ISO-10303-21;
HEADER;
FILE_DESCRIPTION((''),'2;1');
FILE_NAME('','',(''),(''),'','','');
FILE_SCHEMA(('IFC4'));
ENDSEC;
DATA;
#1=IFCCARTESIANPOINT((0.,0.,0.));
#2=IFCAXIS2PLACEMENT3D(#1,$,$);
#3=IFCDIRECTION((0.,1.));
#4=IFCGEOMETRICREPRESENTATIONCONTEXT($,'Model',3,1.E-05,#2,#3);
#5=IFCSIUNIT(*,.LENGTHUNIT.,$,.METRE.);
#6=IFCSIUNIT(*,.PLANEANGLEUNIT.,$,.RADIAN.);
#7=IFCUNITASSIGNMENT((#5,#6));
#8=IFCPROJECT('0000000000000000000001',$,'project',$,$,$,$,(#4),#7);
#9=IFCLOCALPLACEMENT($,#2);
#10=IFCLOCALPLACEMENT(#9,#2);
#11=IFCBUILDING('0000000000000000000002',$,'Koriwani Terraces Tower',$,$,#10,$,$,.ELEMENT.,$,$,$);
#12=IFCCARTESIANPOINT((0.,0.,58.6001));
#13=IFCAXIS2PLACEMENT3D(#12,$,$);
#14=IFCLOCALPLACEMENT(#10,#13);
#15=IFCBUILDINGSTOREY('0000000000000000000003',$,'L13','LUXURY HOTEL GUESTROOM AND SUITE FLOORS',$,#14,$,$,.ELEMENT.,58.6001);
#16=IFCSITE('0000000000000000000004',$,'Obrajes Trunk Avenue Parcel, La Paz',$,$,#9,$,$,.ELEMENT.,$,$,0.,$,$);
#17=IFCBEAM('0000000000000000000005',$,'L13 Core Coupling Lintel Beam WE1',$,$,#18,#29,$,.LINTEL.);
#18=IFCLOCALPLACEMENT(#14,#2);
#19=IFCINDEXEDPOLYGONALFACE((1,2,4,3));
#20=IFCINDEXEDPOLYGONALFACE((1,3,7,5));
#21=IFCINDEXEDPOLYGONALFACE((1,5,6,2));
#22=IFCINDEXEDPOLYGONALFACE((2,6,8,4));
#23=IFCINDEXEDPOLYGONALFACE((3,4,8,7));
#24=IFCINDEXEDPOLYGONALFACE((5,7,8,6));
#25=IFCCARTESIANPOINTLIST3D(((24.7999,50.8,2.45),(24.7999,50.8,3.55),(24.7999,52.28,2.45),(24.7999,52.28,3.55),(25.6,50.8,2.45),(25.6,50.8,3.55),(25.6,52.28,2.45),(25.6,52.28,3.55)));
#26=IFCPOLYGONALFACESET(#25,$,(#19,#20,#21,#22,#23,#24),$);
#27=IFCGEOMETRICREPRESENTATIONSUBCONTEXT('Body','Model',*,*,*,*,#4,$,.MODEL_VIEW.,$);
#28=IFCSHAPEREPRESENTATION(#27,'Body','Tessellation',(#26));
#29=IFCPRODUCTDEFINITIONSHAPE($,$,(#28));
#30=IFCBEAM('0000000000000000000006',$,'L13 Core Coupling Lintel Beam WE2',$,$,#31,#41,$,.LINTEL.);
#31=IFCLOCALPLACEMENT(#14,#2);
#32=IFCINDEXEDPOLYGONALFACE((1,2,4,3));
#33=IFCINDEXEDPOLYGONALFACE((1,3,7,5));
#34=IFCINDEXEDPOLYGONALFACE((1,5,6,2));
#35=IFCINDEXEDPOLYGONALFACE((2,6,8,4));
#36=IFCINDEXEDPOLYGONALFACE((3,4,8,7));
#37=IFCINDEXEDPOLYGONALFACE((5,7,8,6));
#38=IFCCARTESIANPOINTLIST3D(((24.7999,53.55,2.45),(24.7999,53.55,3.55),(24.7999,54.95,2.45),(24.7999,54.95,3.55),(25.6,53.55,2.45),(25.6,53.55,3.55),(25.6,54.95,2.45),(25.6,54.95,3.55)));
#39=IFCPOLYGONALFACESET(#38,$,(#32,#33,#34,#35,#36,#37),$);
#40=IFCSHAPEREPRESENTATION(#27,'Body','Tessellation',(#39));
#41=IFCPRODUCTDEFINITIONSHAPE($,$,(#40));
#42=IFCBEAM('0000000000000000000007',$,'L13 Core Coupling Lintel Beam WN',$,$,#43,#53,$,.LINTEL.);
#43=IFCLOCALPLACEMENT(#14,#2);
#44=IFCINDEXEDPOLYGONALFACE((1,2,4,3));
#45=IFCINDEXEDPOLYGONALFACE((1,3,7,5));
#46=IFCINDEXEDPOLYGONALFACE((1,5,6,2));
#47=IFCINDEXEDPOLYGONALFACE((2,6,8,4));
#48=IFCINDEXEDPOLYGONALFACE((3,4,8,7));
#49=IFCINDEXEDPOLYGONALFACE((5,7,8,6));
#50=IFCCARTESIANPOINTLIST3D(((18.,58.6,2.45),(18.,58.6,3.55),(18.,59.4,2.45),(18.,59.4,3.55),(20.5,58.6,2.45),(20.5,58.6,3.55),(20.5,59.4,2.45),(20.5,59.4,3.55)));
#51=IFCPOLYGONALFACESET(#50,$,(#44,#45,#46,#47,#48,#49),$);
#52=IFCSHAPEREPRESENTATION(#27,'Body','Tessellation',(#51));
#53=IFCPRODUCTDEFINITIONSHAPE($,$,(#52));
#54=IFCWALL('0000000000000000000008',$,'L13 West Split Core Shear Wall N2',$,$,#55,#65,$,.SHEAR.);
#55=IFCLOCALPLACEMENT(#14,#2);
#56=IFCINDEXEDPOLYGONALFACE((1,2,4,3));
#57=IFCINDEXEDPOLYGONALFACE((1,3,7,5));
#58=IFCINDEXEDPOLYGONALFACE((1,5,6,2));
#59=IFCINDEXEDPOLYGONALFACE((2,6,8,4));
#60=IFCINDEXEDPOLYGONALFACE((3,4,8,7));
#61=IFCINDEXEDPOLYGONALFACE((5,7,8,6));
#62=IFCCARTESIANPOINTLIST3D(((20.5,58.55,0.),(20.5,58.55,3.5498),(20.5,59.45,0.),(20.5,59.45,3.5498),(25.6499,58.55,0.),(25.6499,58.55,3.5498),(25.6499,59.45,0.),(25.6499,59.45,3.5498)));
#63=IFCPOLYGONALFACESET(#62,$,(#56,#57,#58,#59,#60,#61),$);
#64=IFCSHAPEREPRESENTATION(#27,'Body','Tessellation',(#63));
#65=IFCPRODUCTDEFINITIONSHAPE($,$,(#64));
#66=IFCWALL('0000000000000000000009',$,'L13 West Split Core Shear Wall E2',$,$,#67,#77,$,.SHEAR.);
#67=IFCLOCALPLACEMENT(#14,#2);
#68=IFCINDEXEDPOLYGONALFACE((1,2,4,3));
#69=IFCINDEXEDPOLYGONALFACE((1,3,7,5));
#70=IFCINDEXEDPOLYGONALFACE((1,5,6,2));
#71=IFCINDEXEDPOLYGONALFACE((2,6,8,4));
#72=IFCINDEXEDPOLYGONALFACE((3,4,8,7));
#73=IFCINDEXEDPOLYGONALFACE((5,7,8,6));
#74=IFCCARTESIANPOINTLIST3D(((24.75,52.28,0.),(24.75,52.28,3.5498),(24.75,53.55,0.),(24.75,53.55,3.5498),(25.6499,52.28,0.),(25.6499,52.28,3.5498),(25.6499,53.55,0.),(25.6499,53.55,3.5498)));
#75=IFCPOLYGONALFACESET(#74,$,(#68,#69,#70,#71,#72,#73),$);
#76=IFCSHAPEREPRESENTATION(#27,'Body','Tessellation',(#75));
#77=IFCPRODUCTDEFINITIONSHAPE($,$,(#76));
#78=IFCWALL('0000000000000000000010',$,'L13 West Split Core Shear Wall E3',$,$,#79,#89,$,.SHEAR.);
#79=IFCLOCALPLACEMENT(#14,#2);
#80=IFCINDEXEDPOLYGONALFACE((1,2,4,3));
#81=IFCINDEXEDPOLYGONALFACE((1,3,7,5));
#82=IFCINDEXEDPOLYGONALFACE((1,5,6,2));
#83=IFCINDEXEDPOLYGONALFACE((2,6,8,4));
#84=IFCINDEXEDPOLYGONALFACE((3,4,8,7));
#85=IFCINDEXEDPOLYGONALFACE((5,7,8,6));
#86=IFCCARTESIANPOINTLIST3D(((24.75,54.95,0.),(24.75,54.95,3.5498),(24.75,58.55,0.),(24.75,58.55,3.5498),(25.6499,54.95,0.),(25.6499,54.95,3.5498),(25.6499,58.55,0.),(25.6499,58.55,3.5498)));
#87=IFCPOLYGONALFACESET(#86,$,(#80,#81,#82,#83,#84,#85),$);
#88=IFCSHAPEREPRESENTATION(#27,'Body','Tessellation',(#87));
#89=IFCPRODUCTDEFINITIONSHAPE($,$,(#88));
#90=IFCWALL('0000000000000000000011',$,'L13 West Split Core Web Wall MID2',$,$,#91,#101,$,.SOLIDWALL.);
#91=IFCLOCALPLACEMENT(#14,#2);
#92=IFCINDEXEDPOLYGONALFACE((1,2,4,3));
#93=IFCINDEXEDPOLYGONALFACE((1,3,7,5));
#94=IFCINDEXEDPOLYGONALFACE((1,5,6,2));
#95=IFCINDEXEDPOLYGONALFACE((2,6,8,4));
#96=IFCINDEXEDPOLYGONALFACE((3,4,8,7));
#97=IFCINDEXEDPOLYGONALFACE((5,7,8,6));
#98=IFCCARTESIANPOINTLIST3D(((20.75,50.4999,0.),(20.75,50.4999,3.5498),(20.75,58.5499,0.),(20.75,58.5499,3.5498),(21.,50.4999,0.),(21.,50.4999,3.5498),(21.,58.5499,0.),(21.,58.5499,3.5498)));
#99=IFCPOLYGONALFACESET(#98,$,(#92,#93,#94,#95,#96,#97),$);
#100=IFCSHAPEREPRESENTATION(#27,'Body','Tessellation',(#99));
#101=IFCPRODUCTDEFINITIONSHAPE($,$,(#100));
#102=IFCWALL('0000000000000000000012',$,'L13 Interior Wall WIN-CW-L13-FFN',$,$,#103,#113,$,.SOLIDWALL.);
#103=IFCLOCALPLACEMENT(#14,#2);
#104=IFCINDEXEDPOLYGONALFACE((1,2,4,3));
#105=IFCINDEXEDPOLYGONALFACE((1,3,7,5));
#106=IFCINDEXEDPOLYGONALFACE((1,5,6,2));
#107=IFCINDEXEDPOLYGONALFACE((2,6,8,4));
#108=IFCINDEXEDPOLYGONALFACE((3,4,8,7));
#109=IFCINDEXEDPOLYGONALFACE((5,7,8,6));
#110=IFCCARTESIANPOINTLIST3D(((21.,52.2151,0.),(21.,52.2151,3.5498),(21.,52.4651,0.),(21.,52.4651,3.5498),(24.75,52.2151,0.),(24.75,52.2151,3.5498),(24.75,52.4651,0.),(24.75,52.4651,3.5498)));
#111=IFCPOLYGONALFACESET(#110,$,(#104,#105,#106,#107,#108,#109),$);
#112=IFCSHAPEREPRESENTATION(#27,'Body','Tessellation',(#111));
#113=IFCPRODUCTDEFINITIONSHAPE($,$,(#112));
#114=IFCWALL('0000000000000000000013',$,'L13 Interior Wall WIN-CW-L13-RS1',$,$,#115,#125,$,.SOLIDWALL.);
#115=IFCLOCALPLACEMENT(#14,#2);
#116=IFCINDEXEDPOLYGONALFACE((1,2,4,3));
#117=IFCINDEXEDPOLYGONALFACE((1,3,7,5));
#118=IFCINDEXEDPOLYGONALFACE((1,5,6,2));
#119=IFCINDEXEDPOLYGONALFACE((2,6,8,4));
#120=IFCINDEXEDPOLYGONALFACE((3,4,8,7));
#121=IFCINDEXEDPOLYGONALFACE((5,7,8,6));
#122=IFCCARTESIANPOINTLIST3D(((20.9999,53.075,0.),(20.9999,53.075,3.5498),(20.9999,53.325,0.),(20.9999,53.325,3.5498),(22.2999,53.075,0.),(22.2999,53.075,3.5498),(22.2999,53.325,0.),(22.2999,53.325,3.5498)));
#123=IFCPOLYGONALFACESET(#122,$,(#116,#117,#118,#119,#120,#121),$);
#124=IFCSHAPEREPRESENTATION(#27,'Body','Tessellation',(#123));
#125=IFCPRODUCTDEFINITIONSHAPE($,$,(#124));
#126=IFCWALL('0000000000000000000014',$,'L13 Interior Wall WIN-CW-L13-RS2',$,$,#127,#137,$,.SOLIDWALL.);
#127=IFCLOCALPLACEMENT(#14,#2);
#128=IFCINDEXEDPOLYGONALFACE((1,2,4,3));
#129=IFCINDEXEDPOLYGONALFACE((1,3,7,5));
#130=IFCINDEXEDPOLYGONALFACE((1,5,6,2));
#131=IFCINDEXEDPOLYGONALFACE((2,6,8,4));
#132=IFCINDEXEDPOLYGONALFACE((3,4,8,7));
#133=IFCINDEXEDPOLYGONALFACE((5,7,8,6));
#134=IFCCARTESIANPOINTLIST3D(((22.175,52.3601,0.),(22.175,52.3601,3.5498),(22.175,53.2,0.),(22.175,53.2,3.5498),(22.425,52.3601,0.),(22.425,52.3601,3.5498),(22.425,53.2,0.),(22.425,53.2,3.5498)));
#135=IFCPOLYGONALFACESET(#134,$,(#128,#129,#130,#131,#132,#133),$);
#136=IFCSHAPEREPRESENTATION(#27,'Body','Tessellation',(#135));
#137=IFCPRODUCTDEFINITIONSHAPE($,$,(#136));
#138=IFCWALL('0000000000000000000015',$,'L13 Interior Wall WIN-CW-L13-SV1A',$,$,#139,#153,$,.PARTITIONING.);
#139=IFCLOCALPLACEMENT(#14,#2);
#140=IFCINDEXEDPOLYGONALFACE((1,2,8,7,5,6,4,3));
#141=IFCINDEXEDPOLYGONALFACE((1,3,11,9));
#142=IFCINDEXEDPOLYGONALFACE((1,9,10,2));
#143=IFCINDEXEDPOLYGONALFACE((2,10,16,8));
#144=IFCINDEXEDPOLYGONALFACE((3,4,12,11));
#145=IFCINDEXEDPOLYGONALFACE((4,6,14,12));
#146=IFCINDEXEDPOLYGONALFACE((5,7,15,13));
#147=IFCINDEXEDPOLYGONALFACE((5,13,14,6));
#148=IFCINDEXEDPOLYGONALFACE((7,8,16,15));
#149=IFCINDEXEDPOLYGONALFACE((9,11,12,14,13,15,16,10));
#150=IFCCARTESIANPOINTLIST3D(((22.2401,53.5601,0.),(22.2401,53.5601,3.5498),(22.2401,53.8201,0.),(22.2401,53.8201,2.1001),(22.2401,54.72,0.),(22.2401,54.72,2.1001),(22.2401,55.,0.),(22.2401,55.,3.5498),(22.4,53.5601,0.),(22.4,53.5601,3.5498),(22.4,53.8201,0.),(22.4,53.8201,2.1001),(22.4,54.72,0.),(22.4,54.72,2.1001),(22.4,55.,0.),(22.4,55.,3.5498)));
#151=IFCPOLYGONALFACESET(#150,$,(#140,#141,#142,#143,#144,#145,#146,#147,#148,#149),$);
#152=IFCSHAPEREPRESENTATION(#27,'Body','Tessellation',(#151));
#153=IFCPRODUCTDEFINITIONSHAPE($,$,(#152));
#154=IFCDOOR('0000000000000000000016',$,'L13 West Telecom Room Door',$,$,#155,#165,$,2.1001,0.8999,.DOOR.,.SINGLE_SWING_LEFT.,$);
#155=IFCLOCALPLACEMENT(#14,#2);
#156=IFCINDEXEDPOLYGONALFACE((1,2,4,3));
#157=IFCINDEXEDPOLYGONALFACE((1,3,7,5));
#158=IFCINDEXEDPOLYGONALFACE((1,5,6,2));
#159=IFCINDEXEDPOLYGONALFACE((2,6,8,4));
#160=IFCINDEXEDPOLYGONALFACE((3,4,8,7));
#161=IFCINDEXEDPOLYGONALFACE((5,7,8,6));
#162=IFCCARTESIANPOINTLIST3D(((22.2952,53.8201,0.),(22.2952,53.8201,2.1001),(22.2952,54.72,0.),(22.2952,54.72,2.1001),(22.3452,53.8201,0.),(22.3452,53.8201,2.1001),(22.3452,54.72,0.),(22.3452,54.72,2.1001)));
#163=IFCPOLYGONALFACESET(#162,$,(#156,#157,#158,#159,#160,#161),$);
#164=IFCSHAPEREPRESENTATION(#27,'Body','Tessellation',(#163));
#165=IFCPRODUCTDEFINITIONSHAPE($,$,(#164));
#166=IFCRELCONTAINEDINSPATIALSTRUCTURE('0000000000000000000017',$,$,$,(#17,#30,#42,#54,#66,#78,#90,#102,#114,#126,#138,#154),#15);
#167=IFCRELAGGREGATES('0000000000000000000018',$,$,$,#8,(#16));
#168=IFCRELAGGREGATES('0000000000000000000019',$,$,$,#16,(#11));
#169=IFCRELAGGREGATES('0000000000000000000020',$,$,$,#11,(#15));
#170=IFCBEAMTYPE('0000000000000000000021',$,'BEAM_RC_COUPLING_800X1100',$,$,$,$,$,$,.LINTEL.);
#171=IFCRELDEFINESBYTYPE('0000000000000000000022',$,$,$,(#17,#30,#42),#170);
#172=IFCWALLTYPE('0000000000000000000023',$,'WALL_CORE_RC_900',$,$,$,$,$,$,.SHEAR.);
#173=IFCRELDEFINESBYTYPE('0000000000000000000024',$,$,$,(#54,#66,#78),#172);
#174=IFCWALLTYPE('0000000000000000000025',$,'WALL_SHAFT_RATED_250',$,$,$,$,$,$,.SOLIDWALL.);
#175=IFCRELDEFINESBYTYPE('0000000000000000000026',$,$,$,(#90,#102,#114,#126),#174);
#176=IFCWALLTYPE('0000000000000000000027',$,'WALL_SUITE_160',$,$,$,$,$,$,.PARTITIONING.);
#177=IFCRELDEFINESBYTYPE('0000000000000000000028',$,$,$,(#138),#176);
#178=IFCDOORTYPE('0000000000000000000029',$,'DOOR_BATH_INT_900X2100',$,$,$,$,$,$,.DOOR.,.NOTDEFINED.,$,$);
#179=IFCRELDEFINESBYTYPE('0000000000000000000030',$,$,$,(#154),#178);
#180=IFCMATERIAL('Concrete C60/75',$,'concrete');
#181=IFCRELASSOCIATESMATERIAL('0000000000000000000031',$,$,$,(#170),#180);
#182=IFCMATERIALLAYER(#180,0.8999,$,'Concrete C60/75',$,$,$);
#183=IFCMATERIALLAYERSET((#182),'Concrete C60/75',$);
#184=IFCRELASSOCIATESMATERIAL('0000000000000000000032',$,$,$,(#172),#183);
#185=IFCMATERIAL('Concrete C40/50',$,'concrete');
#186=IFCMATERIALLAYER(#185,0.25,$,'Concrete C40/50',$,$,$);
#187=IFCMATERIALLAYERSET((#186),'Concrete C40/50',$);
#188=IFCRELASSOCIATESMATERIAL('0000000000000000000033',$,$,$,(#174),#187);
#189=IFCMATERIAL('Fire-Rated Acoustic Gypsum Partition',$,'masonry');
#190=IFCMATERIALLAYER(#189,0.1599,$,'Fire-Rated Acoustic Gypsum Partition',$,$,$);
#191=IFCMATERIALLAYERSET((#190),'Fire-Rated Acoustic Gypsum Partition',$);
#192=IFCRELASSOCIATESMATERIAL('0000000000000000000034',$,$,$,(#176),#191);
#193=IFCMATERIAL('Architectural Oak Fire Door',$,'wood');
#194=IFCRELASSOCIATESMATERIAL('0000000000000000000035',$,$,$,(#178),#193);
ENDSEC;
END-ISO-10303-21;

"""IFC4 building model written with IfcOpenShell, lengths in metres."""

from ifc_helpers import new_model, si_unit, direction, frame, frame_2d, origin, origin_2d, place, context, subcontext, project, spatial, rectangle, extrude, material, layer, layer_set, material_profile, profile_set, type_object, element, fill, save


model = new_model("IFC4")

# Units and contexts
model_context = context("Model", 3, precision=1e-05, world=origin(), true_north=direction((0.0, 1.0)))
body_context = subcontext(model_context, "Body", "Model", "MODEL_VIEW")
ifc_project = project(units=[si_unit("LENGTHUNIT", "METRE"), si_unit("PLANEANGLEUNIT", "RADIAN")], contexts=[model_context])

# Site, building, storey
site_placement = place(None, origin())
site = spatial("IfcSite", under=ifc_project, at=site_placement, Name="Obrajes Trunk Avenue Parcel, La Paz", CompositionType="ELEMENT", RefElevation=0.0)
building_placement = place(site_placement, origin())
building = spatial("IfcBuilding", under=site, at=building_placement, Name="Koriwani Terraces Tower", CompositionType="ELEMENT")
storey_placement = place(building_placement, frame((0.0, 0.0, 58.6001)))
storey = spatial("IfcBuildingStorey", under=building, at=storey_placement, Name="L13", Description="LUXURY HOTEL GUESTROOM AND SUITE FLOORS", CompositionType="ELEMENT", Elevation=58.6001)

# Beams
ifc_material_1 = material(Name="Concrete C60/75", Category="concrete")
ifc_material_profile = material_profile(ifc_material_1, rectangle(XDim=0.8, YDim=1.1001, at=origin_2d()), Name="Concrete C60/75", Category="LoadBearing")
ifc_profile_set = profile_set([ifc_material_profile], Name="Concrete C60/75")
beam_type = type_object("IfcBeamType", Name="BEAM_RC_COUPLING_800X1100", PredefinedType="LINTEL", material=ifc_profile_set)
beam_1_placement = place(storey_placement, frame((25.2, 50.8, 3.0), z_axis=(0.0, 1.0, 0.0), x_axis=(-1.0, 0.0, 0.0)))
element("IfcBeam", 1, at=beam_1_placement, inside=storey, type_object=beam_type, Name="L13 Core Coupling Lintel Beam WE1", PredefinedType="LINTEL", context=body_context, shape_type="SweptSolid", body=[
    extrude(rectangle(XDim=0.8, YDim=1.1001, at=origin_2d()), origin(), (0.0, 0.0, 1.0), 1.48),
])
beam_2_placement = place(storey_placement, frame((25.2, 53.55, 3.0), z_axis=(0.0, 1.0, 0.0), x_axis=(-1.0, 0.0, 0.0)))
element("IfcBeam", 2, at=beam_2_placement, inside=storey, type_object=beam_type, Name="L13 Core Coupling Lintel Beam WE2", PredefinedType="LINTEL", context=body_context, shape_type="SweptSolid", body=[
    extrude(rectangle(XDim=0.8, YDim=1.1001, at=origin_2d()), origin(), (0.0, 0.0, 1.0), 1.3999),
])
beam_3_placement = place(storey_placement, frame((18.0, 59.0, 3.0), z_axis=(1.0, 0.0, 0.0), x_axis=(0.0, 1.0, 0.0)))
element("IfcBeam", 3, at=beam_3_placement, inside=storey, type_object=beam_type, Name="L13 Core Coupling Lintel Beam WN", PredefinedType="LINTEL", context=body_context, shape_type="SweptSolid", body=[
    extrude(rectangle(XDim=0.8, YDim=1.1001, at=origin_2d()), origin(), (0.0, 0.0, 1.0), 2.5),
])

# Walls
ifc_layer_1 = layer(ifc_material_1, 0.8999, Name="Concrete C60/75")
ifc_layer_set_1 = layer_set([ifc_layer_1], Name="Concrete C60/75")
wall_type_1 = type_object("IfcWallType", Name="WALL_CORE_RC_900", PredefinedType="SHEAR", material=ifc_layer_set_1)
wall_1_placement = place(storey_placement, frame((20.5, 59.0, 0.0), z_axis=(0.0, 0.0, 1.0), x_axis=(1.0, 0.0, 0.0)))
element("IfcWall", 4, at=wall_1_placement, inside=storey, type_object=wall_type_1, Name="L13 West Split Core Shear Wall N2", PredefinedType="SHEAR", context=body_context, shape_type="SweptSolid", body=[
    extrude(rectangle(XDim=5.1499, YDim=0.8999, at=frame_2d((2.575, 0.0))), origin(), (0.0, 0.0, 1.0), 3.5498),
])
wall_2_placement = place(storey_placement, frame((25.2, 52.28, 0.0), z_axis=(0.0, 0.0, 1.0), x_axis=(0.0, 1.0, 0.0)))
element("IfcWall", 5, at=wall_2_placement, inside=storey, type_object=wall_type_1, Name="L13 West Split Core Shear Wall E2", PredefinedType="SHEAR", context=body_context, shape_type="SweptSolid", body=[
    extrude(rectangle(XDim=1.27, YDim=0.8999, at=frame_2d((0.635, 0.0))), origin(), (0.0, 0.0, 1.0), 3.5498),
])
wall_3_placement = place(storey_placement, frame((25.2, 54.95, 0.0), z_axis=(0.0, 0.0, 1.0), x_axis=(0.0, 1.0, 0.0)))
element("IfcWall", 6, at=wall_3_placement, inside=storey, type_object=wall_type_1, Name="L13 West Split Core Shear Wall E3", PredefinedType="SHEAR", context=body_context, shape_type="SweptSolid", body=[
    extrude(rectangle(XDim=3.6001, YDim=0.8999, at=frame_2d((1.8, 0.0))), origin(), (0.0, 0.0, 1.0), 3.5498),
])
ifc_material_2 = material(Name="Concrete C40/50", Category="concrete")
ifc_layer_2 = layer(ifc_material_2, 0.25, Name="Concrete C40/50")
ifc_layer_set_2 = layer_set([ifc_layer_2], Name="Concrete C40/50")
wall_type_2 = type_object("IfcWallType", Name="WALL_SHAFT_RATED_250", PredefinedType="SOLIDWALL", material=ifc_layer_set_2)
wall_4_placement = place(storey_placement, frame((20.875, 50.5, 0.0), z_axis=(0.0, 0.0, 1.0), x_axis=(0.0, 1.0, 0.0)))
element("IfcWall", 7, at=wall_4_placement, inside=storey, type_object=wall_type_2, Name="L13 West Split Core Web Wall MID2", PredefinedType="SOLIDWALL", context=body_context, shape_type="SweptSolid", body=[
    extrude(rectangle(XDim=8.05, YDim=0.25, at=frame_2d((4.0249, 0.0))), origin(), (0.0, 0.0, 1.0), 3.5498),
])

# Wall
wall_5_placement = place(storey_placement, frame((21.0, 52.3401, 0.0), z_axis=(0.0, 0.0, 1.0), x_axis=(1.0, 0.0, 0.0)))
element("IfcWall", 8, at=wall_5_placement, inside=storey, type_object=wall_type_2, Name="L13 Interior Wall WIN-CW-L13-FFN", PredefinedType="SOLIDWALL", context=body_context, shape_type="SweptSolid", body=[
    extrude(rectangle(XDim=3.75, YDim=0.25, at=frame_2d((1.875, 0.0))), origin(), (0.0, 0.0, 1.0), 3.5498),
])

# Walls
wall_6_placement = place(storey_placement, frame((21.0, 53.2, 0.0), z_axis=(0.0, 0.0, 1.0), x_axis=(1.0, 0.0, 0.0)))
element("IfcWall", 9, at=wall_6_placement, inside=storey, type_object=wall_type_2, Name="L13 Interior Wall WIN-CW-L13-RS1", PredefinedType="SOLIDWALL", context=body_context, shape_type="SweptSolid", body=[
    extrude(rectangle(XDim=1.3, YDim=0.25, at=frame_2d((0.6499, 0.0))), origin(), (0.0, 0.0, 1.0), 3.5498),
])
wall_7_placement = place(storey_placement, frame((22.3, 52.3601, 0.0), z_axis=(0.0, 0.0, 1.0), x_axis=(0.0, 1.0, 0.0)))
element("IfcWall", 10, at=wall_7_placement, inside=storey, type_object=wall_type_2, Name="L13 Interior Wall WIN-CW-L13-RS2", PredefinedType="SOLIDWALL", context=body_context, shape_type="SweptSolid", body=[
    extrude(rectangle(XDim=0.8398, YDim=0.25, at=frame_2d((0.4199, 0.0))), origin(), (0.0, 0.0, 1.0), 3.5498),
])

# Wall, opening, door
ifc_material_3 = material(Name="Fire-Rated Acoustic Gypsum Partition", Category="masonry")
ifc_layer_3 = layer(ifc_material_3, 0.1599, Name="Fire-Rated Acoustic Gypsum Partition")
ifc_layer_set_3 = layer_set([ifc_layer_3], Name="Fire-Rated Acoustic Gypsum Partition")
wall_type_3 = type_object("IfcWallType", Name="WALL_SUITE_160", PredefinedType="PARTITIONING", material=ifc_layer_set_3)
wall_8_placement = place(storey_placement, frame((22.3201, 53.5601, 0.0), z_axis=(0.0, 0.0, 1.0), x_axis=(0.0, 1.0, 0.0)))
wall_8 = element("IfcWall", 11, at=wall_8_placement, inside=storey, type_object=wall_type_3, Name="L13 Interior Wall WIN-CW-L13-SV1A", PredefinedType="PARTITIONING", context=body_context, shape_type="SweptSolid", body=[
    extrude(rectangle(XDim=1.4399, YDim=0.1599, at=frame_2d((0.72, 0.0))), origin(), (0.0, 0.0, 1.0), 3.5498),
])
opening_1_placement = place(wall_8_placement, frame((0.26, 0.0, 0.0)))
opening_1 = element("IfcOpeningElement", 12, at=opening_1_placement, cuts=wall_8, PredefinedType="OPENING", context=body_context, shape_type="SweptSolid", body=[
    extrude(rectangle(XDim=0.8999, YDim=2.1001, at=frame_2d((0.45, 1.05))), frame((0.0, 0.0898, 0.0), z_axis=(0.0, -1.0, 0.0), x_axis=(1.0, 0.0, 0.0)), (0.0, 0.0, 1.0), 0.1799),
])
ifc_material_4 = material(Name="Architectural Oak Fire Door", Category="wood")
door_type_1 = type_object("IfcDoorType", Name="DOOR_BATH_INT_900X2100", OperationType="NOTDEFINED", PredefinedType="DOOR", material=ifc_material_4)
door_1_placement = place(opening_1_placement, origin())
door_1 = element("IfcDoor", 13, at=door_1_placement, inside=storey, type_object=door_type_1, Name="L13 West Telecom Room Door", OperationType="SINGLE_SWING_LEFT", OverallHeight=2.1001, OverallWidth=0.8999, PredefinedType="DOOR", context=body_context, shape_type="SweptSolid", body=[
    extrude(rectangle(XDim=0.8999, YDim=2.1001, at=frame_2d((0.45, 1.05))), frame((0.0, 0.0249, 0.0), z_axis=(0.0, -1.0, 0.0), x_axis=(1.0, 0.0, 0.0)), (0.0, 0.0, 1.0), 0.05),
])
fill(opening_1, door_1)

save(model, "model.ifc")
